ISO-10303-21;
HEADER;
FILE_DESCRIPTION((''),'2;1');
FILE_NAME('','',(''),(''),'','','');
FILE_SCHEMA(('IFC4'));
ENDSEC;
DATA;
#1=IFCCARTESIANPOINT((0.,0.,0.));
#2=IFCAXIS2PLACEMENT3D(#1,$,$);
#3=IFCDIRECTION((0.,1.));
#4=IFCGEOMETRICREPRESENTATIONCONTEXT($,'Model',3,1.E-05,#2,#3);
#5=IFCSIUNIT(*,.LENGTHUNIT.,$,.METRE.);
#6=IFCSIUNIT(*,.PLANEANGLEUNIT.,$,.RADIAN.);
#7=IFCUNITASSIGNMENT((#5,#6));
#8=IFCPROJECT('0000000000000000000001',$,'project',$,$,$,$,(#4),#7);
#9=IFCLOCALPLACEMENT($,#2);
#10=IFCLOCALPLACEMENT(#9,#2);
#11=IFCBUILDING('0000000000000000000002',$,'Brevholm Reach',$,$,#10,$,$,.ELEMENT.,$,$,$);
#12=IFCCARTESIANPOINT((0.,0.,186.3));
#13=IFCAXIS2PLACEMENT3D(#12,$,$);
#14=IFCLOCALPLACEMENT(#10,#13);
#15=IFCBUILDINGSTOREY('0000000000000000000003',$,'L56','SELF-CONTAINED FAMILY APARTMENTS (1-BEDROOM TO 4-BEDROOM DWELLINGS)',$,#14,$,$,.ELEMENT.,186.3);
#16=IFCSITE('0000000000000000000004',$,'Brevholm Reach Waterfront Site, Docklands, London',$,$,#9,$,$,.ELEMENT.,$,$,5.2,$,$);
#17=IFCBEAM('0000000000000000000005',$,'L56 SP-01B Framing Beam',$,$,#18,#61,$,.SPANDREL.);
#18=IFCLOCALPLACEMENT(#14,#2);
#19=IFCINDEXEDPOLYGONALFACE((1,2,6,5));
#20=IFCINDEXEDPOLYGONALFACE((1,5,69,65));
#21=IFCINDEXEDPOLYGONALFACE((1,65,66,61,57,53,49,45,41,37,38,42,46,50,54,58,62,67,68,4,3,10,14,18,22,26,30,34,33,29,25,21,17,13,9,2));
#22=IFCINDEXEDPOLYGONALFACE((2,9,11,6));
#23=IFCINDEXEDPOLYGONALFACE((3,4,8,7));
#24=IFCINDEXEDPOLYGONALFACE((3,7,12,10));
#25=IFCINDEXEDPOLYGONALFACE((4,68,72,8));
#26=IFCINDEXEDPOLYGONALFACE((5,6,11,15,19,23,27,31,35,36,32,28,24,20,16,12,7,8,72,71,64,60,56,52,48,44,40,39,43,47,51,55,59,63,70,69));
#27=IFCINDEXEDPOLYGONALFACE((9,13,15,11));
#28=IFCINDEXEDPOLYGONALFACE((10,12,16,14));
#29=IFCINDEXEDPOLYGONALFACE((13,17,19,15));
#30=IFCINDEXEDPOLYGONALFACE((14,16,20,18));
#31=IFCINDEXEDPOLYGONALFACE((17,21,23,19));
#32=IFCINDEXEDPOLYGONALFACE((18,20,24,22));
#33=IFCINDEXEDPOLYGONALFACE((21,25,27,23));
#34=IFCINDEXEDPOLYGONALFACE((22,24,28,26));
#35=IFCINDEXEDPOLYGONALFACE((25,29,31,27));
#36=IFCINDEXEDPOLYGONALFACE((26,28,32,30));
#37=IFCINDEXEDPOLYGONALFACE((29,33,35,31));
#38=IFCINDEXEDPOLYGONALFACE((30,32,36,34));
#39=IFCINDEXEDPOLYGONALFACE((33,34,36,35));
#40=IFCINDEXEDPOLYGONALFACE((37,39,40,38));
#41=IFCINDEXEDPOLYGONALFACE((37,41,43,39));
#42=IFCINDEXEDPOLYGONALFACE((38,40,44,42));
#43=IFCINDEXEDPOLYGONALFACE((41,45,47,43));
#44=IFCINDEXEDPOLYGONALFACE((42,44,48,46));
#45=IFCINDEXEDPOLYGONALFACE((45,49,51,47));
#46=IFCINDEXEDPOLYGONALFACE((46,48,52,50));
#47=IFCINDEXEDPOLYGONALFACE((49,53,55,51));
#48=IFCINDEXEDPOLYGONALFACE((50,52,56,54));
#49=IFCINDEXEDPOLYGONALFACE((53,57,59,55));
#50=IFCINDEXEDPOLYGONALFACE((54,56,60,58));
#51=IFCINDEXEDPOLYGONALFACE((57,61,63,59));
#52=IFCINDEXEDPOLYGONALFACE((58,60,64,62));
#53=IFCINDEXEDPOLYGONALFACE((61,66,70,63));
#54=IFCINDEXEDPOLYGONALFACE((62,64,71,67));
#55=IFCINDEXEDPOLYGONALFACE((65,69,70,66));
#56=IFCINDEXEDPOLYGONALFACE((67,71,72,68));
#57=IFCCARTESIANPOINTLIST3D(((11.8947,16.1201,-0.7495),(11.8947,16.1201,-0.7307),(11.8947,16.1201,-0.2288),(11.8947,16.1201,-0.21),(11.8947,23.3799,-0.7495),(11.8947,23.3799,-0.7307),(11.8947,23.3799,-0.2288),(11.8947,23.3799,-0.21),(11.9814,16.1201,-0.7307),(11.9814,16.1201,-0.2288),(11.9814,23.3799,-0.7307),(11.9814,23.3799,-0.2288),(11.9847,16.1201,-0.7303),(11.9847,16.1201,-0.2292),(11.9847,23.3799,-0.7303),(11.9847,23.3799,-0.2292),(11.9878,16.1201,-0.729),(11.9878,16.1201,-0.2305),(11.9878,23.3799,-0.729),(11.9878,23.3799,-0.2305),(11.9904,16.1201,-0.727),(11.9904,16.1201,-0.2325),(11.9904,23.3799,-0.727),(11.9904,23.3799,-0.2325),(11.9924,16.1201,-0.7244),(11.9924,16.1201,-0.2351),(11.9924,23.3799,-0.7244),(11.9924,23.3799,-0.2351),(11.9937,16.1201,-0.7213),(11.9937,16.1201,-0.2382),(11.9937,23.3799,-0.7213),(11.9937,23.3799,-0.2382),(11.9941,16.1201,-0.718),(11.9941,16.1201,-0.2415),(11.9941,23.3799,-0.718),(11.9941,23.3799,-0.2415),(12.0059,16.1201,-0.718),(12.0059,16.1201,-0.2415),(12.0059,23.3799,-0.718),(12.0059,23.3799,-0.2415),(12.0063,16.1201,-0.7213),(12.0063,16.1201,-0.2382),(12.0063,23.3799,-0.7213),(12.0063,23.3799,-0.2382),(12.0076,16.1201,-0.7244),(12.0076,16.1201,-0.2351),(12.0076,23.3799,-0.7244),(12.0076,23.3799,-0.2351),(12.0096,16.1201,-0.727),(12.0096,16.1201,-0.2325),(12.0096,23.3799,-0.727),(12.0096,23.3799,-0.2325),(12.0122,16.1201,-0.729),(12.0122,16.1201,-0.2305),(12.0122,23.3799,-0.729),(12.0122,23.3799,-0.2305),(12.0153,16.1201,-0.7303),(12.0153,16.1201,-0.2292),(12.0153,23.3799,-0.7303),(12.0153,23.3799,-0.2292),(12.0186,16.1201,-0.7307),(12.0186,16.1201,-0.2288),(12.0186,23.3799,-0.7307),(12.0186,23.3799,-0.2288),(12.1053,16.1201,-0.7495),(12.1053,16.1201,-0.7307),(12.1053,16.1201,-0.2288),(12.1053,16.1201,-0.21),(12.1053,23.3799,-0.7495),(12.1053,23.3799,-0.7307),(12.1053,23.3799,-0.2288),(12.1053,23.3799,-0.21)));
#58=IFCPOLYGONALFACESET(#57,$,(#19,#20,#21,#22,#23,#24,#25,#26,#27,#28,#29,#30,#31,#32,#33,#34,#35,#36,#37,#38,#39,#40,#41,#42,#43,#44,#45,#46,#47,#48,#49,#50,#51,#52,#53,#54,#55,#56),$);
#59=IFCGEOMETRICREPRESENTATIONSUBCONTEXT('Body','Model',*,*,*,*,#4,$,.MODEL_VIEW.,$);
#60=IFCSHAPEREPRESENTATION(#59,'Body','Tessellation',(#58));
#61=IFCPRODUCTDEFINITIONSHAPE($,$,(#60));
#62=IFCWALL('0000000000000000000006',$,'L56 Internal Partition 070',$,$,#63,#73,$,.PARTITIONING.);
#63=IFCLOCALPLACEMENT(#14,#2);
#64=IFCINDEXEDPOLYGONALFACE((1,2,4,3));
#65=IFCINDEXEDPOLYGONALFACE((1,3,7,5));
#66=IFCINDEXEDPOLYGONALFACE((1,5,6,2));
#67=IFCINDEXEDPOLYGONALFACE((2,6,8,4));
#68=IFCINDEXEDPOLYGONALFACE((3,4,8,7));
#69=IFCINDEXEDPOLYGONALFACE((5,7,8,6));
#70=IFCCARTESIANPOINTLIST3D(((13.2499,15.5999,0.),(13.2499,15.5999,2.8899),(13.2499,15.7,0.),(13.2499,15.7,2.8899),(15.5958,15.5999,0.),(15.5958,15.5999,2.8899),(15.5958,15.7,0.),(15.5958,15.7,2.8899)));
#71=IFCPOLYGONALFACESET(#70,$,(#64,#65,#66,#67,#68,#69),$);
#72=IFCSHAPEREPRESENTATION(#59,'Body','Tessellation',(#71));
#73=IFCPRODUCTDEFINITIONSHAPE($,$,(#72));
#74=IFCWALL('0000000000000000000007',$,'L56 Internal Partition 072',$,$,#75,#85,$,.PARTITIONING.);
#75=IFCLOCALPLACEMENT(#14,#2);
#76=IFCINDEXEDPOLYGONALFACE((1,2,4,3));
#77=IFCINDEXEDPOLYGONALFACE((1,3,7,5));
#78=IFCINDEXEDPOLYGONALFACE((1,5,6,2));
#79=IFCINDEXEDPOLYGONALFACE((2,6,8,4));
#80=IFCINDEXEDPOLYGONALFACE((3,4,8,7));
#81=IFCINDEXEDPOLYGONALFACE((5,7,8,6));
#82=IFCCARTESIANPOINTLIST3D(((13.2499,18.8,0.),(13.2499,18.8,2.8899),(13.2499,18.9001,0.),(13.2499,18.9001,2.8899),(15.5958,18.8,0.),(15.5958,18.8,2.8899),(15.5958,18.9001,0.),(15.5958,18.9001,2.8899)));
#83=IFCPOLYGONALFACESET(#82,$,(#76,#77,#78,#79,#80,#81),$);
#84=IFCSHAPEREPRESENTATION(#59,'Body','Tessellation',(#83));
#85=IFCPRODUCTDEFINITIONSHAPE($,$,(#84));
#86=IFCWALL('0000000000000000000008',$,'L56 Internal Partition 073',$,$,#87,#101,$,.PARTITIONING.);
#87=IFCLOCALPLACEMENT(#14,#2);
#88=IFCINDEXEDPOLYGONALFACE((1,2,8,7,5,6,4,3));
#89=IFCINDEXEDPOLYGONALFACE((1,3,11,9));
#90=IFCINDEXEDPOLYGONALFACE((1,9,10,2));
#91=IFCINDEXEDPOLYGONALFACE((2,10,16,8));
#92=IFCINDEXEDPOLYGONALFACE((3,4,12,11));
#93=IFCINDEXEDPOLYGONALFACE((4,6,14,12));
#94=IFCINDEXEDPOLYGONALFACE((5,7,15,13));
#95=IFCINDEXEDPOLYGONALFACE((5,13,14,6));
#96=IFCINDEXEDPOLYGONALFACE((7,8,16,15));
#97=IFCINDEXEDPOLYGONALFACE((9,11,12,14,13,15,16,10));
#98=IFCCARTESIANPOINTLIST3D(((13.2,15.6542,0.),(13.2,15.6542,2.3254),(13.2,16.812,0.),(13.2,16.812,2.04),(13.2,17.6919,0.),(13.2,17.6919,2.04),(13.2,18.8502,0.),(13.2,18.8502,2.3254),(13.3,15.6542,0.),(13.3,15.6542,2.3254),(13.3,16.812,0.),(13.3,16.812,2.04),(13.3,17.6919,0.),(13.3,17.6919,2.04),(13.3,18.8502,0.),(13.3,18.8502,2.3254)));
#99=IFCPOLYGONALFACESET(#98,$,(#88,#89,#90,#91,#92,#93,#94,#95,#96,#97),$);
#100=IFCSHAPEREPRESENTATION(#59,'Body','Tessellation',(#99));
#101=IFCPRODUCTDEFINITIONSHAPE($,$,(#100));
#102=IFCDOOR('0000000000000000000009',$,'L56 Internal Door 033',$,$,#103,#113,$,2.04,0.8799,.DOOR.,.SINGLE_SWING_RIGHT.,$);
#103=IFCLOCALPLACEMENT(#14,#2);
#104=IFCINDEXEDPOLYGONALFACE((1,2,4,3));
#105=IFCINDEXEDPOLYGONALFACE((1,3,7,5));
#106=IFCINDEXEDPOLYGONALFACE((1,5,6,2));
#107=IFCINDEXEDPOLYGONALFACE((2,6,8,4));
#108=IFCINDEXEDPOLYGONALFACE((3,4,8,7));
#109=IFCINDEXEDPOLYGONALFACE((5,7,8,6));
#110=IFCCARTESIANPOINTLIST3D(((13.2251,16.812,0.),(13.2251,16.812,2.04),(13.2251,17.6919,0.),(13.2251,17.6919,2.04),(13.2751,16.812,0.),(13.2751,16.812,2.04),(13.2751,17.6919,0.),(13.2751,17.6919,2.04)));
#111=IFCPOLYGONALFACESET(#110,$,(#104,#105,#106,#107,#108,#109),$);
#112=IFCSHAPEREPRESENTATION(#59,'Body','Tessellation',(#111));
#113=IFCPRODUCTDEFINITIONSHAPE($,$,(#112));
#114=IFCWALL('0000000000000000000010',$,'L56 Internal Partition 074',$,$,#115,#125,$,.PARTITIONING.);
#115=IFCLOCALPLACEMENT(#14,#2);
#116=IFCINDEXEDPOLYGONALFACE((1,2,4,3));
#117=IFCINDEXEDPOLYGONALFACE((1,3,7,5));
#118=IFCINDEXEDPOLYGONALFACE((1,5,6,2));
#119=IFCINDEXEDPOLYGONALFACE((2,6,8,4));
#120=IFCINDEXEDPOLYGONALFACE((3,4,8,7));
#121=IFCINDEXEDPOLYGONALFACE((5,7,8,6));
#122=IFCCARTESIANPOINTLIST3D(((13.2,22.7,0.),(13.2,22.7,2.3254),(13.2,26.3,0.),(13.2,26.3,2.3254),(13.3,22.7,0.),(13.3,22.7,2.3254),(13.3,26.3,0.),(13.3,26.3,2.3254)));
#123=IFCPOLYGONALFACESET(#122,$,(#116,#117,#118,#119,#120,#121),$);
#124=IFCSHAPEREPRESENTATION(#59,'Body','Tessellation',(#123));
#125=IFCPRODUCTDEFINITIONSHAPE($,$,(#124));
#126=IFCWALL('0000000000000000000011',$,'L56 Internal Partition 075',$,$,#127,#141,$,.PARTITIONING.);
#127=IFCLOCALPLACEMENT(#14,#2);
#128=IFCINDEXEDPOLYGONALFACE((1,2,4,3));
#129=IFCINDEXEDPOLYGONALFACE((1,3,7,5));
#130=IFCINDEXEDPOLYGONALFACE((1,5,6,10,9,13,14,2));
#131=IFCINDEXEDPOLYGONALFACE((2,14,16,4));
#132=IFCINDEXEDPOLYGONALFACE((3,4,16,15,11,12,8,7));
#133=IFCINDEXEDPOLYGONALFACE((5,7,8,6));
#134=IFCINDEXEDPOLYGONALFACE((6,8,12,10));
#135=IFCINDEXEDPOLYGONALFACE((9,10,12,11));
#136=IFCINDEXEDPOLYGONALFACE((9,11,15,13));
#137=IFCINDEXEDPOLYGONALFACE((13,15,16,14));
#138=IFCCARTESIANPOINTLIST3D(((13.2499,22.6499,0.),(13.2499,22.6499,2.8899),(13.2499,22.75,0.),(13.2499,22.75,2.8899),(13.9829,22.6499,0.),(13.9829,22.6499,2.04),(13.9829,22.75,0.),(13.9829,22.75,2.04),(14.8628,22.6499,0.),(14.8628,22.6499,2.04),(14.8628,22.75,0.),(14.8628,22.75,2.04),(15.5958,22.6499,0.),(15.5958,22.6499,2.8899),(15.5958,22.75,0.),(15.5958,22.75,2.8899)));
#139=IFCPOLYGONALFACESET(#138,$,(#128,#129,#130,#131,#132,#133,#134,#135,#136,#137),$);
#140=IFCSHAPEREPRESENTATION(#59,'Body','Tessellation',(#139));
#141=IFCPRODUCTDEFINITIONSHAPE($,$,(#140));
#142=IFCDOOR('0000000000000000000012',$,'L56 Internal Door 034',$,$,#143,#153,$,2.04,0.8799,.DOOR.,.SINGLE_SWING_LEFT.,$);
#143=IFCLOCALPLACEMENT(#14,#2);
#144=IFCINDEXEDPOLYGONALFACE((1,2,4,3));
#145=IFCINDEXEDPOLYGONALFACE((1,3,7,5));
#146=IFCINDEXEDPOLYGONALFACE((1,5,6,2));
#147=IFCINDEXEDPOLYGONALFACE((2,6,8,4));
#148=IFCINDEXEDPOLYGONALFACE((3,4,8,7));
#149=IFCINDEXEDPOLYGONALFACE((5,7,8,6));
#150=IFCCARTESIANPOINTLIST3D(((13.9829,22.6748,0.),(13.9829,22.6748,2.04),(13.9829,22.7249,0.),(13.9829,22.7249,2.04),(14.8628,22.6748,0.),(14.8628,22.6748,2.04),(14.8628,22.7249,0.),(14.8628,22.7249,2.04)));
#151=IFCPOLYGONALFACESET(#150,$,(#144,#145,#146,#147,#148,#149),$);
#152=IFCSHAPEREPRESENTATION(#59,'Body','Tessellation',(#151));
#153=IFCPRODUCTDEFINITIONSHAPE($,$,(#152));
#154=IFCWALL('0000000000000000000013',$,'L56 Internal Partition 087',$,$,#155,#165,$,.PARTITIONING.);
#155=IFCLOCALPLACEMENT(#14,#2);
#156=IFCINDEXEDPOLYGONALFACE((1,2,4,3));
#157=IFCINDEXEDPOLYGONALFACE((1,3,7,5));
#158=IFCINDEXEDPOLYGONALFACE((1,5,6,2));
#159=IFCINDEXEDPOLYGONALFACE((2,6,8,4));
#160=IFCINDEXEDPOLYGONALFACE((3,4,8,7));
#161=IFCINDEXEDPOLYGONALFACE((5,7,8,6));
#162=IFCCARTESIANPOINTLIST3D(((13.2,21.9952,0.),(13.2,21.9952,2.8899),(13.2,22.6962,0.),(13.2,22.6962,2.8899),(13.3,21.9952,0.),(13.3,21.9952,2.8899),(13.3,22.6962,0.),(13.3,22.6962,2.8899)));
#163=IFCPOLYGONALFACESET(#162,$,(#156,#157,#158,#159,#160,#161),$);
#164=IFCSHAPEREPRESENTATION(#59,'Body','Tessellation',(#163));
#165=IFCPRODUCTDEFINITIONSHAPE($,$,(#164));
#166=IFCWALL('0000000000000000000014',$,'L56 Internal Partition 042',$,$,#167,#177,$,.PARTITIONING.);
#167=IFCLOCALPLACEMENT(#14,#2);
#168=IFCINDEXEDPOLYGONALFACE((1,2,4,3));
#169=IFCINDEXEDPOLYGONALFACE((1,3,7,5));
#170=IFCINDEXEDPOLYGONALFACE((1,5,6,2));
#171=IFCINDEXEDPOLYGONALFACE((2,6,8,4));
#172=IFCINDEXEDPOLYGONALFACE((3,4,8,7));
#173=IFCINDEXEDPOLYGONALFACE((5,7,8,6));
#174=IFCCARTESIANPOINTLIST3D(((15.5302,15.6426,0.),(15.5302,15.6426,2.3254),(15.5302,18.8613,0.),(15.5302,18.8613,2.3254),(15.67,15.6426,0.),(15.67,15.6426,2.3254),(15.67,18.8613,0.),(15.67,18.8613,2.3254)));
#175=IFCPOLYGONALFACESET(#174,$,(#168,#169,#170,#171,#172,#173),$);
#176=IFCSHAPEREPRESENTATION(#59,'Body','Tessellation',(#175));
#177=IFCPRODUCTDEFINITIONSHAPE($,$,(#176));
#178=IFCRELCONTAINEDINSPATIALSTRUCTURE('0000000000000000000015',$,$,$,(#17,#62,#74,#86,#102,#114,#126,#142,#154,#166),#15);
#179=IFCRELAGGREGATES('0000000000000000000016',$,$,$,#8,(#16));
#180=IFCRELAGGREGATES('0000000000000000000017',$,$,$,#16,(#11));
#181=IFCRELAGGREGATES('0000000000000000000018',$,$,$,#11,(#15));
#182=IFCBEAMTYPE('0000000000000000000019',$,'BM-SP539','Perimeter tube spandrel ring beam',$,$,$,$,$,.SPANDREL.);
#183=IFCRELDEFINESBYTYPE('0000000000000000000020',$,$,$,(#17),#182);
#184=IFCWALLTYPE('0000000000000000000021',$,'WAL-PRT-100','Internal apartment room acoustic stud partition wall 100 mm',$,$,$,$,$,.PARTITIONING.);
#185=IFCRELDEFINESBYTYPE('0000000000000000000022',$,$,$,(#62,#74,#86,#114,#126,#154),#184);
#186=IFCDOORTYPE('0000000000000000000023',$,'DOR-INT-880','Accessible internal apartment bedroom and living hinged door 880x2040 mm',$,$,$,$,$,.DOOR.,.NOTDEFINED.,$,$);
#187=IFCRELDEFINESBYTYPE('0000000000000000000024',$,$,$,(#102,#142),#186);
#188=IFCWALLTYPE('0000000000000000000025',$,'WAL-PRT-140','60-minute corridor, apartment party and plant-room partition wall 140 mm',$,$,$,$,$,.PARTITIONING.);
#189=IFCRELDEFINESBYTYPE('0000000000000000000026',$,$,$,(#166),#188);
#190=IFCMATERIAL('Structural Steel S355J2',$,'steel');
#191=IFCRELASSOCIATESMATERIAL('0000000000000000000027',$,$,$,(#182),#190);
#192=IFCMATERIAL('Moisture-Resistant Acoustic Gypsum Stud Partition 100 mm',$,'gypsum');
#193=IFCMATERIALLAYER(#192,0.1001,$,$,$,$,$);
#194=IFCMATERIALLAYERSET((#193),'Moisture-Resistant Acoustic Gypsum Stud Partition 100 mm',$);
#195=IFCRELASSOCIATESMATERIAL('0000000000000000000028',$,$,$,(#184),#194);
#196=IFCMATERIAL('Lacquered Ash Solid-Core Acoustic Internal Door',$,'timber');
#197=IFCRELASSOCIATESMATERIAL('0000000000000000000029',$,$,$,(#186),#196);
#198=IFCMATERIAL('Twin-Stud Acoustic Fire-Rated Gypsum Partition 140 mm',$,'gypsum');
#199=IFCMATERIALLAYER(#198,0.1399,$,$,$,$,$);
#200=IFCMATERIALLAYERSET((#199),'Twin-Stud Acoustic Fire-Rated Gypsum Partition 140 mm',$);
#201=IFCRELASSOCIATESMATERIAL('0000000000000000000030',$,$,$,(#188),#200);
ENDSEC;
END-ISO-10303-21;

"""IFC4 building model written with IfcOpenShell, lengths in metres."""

from ifc_helpers import new_model, si_unit, direction, frame, frame_2d, origin, origin_2d, place, context, subcontext, project, spatial, rectangle, i_section, extrude, material, layer, layer_set, material_profile, profile_set, type_object, element, fill, save


model = new_model("IFC4")

# Units and contexts
model_context = context("Model", 3, precision=1e-05, world=origin(), true_north=direction((0.0, 1.0)))
body_context = subcontext(model_context, "Body", "Model", "MODEL_VIEW")
ifc_project = project(units=[si_unit("LENGTHUNIT", "METRE"), si_unit("PLANEANGLEUNIT", "RADIAN")], contexts=[model_context])

# Site, building, storey
site_placement = place(None, origin())
site = spatial("IfcSite", under=ifc_project, at=site_placement, Name="Brevholm Reach Waterfront Site, Docklands, London", CompositionType="ELEMENT", RefElevation=5.2)
building_placement = place(site_placement, origin())
building = spatial("IfcBuilding", under=site, at=building_placement, Name="Brevholm Reach", CompositionType="ELEMENT")
storey_placement = place(building_placement, frame((0.0, 0.0, 186.3)))
storey = spatial("IfcBuildingStorey", under=building, at=storey_placement, Name="L56", Description="SELF-CONTAINED FAMILY APARTMENTS (1-BEDROOM TO 4-BEDROOM DWELLINGS)", CompositionType="ELEMENT", Elevation=186.3)

# Beam
ifc_material_1 = material(Name="Structural Steel S355J2", Category="steel")
ifc_material_profile_1 = material_profile(ifc_material_1, i_section(OverallWidth=0.2107, OverallDepth=0.5396, WebThickness=0.0117, FlangeThickness=0.0188, FilletRadius=0.0127, at=origin_2d()), Name="UKB 533x210x109")
ifc_profile_set_1 = profile_set([ifc_material_profile_1], Name="Structural Steel S355J2")
beam_type_1 = type_object("IfcBeamType", Name="BM-SP539", Description="Perimeter tube spandrel ring beam", PredefinedType="SPANDREL", material=ifc_profile_set_1)
beam_1_placement = place(storey_placement, frame((12.0, 16.1201, -0.4797), z_axis=(0.0, 1.0, 0.0), x_axis=(-1.0, 0.0, 0.0)))
element("IfcBeam", 1, at=beam_1_placement, inside=storey, type_object=beam_type_1, Name="L56 SP-01B Framing Beam", PredefinedType="SPANDREL", context=body_context, shape_type="SweptSolid", body=[
    extrude(i_section(OverallWidth=0.2107, OverallDepth=0.5396, WebThickness=0.0117, FlangeThickness=0.0188, FilletRadius=0.0127, at=origin_2d()), origin(), (0.0, 0.0, 1.0), 7.2598),
])

# Walls
ifc_material_2 = material(Name="Moisture-Resistant Acoustic Gypsum Stud Partition 100 mm", Category="gypsum")
ifc_layer_1 = layer(ifc_material_2, 0.1001)
ifc_layer_set_1 = layer_set([ifc_layer_1], Name="Moisture-Resistant Acoustic Gypsum Stud Partition 100 mm")
wall_type_1 = type_object("IfcWallType", Name="WAL-PRT-100", Description="Internal apartment room acoustic stud partition wall 100 mm", PredefinedType="PARTITIONING", material=ifc_layer_set_1)
for number, where, z_axis, x_axis, name in (
    (2, (13.25, 15.6499, 0.0), (0.0, 0.0, 1.0), (1.0, 0.0, 0.0), "L56 Internal Partition 070"),
    (3, (13.25, 18.8501, 0.0), (0.0, 0.0, 1.0), (1.0, 0.0, 0.0), "L56 Internal Partition 072"),
):
    element("IfcWall", number, at=place(storey_placement, frame(where, z_axis=z_axis, x_axis=x_axis)), inside=storey, type_object=wall_type_1, Name=name, PredefinedType="PARTITIONING", context=body_context, shape_type="SweptSolid", body=[
        extrude(rectangle(XDim=2.3459, YDim=0.1001, at=frame_2d((1.1729, 0.0))), origin(), (0.0, 0.0, 1.0), 2.8899),
    ])

# Wall, opening, door
wall_1_placement = place(storey_placement, frame((13.25, 15.6541, 0.0), z_axis=(0.0, 0.0, 1.0), x_axis=(0.0, 1.0, 0.0)))
wall_1 = element("IfcWall", 4, at=wall_1_placement, inside=storey, type_object=wall_type_1, Name="L56 Internal Partition 073", PredefinedType="PARTITIONING", context=body_context, shape_type="SweptSolid", body=[
    extrude(rectangle(XDim=3.196, YDim=0.1001, at=frame_2d((1.5981, 0.0))), origin(), (0.0, 0.0, 1.0), 2.3254),
])
opening_1_placement = place(wall_1_placement, frame((1.158, 0.0, 0.0)))
opening_1 = element("IfcOpeningElement", 5, at=opening_1_placement, cuts=wall_1, PredefinedType="OPENING", context=body_context, shape_type="SweptSolid", body=[
    extrude(rectangle(XDim=0.8799, YDim=2.04, at=frame_2d((0.4399, 1.02))), frame((0.0, 0.0601, 0.0), z_axis=(0.0, -1.0, 0.0), x_axis=(1.0, 0.0, 0.0)), (0.0, 0.0, 1.0), 0.1201),
])
ifc_material_3 = material(Name="Lacquered Ash Solid-Core Acoustic Internal Door", Category="timber")
door_type_1 = type_object("IfcDoorType", Name="DOR-INT-880", Description="Accessible internal apartment bedroom and living hinged door 880x2040 mm", OperationType="NOTDEFINED", PredefinedType="DOOR", material=ifc_material_3)
door_1_placement = place(opening_1_placement, origin())
door_1 = element("IfcDoor", 6, at=door_1_placement, inside=storey, type_object=door_type_1, Name="L56 Internal Door 033", OperationType="SINGLE_SWING_RIGHT", OverallHeight=2.04, OverallWidth=0.8799, PredefinedType="DOOR", context=body_context, shape_type="SweptSolid", body=[
    extrude(rectangle(XDim=0.8799, YDim=2.04, at=frame_2d((0.4399, 1.02))), frame((0.0, 0.0249, 0.0), z_axis=(0.0, -1.0, 0.0), x_axis=(1.0, 0.0, 0.0)), (0.0, 0.0, 1.0), 0.05),
])
fill(opening_1, door_1)

# Wall
wall_2_placement = place(storey_placement, frame((13.25, 22.7, 0.0), z_axis=(0.0, 0.0, 1.0), x_axis=(0.0, 1.0, 0.0)))
element("IfcWall", 7, at=wall_2_placement, inside=storey, type_object=wall_type_1, Name="L56 Internal Partition 074", PredefinedType="PARTITIONING", context=body_context, shape_type="SweptSolid", body=[
    extrude(rectangle(XDim=3.6001, YDim=0.1001, at=frame_2d((1.8, 0.0))), origin(), (0.0, 0.0, 1.0), 2.3254),
])

# Wall, opening, door
wall_3_placement = place(storey_placement, frame((13.25, 22.7, 0.0), z_axis=(0.0, 0.0, 1.0), x_axis=(1.0, 0.0, 0.0)))
wall_3 = element("IfcWall", 8, at=wall_3_placement, inside=storey, type_object=wall_type_1, Name="L56 Internal Partition 075", PredefinedType="PARTITIONING", context=body_context, shape_type="SweptSolid", body=[
    extrude(rectangle(XDim=2.3459, YDim=0.1001, at=frame_2d((1.1729, 0.0))), origin(), (0.0, 0.0, 1.0), 2.8899),
])
opening_2_placement = place(wall_3_placement, frame((0.7329, 0.0, 0.0)))
opening_2 = element("IfcOpeningElement", 9, at=opening_2_placement, cuts=wall_3, PredefinedType="OPENING", context=body_context, shape_type="SweptSolid", body=[
    extrude(rectangle(XDim=0.8799, YDim=2.04, at=frame_2d((0.4399, 1.02))), frame((0.0, 0.0601, 0.0), z_axis=(0.0, -1.0, 0.0), x_axis=(1.0, 0.0, 0.0)), (0.0, 0.0, 1.0), 0.1201),
])
door_2_placement = place(opening_2_placement, origin())
door_2 = element("IfcDoor", 10, at=door_2_placement, inside=storey, type_object=door_type_1, Name="L56 Internal Door 034", OperationType="SINGLE_SWING_LEFT", OverallHeight=2.04, OverallWidth=0.8799, PredefinedType="DOOR", context=body_context, shape_type="SweptSolid", body=[
    extrude(rectangle(XDim=0.8799, YDim=2.04, at=frame_2d((0.4399, 1.02))), frame((0.0, 0.0249, 0.0), z_axis=(0.0, -1.0, 0.0), x_axis=(1.0, 0.0, 0.0)), (0.0, 0.0, 1.0), 0.05),
])
fill(opening_2, door_2)

# Walls
wall_4_placement = place(storey_placement, frame((13.25, 21.9951, 0.0), z_axis=(0.0, 0.0, 1.0), x_axis=(0.0, 1.0, 0.0)))
element("IfcWall", 11, at=wall_4_placement, inside=storey, type_object=wall_type_1, Name="L56 Internal Partition 087", PredefinedType="PARTITIONING", context=body_context, shape_type="SweptSolid", body=[
    extrude(rectangle(XDim=0.7009, YDim=0.1001, at=frame_2d((0.3506, 0.0))), origin(), (0.0, 0.0, 1.0), 2.8899),
])
ifc_material_4 = material(Name="Twin-Stud Acoustic Fire-Rated Gypsum Partition 140 mm", Category="gypsum")
ifc_layer_2 = layer(ifc_material_4, 0.1399)
ifc_layer_set_2 = layer_set([ifc_layer_2], Name="Twin-Stud Acoustic Fire-Rated Gypsum Partition 140 mm")
wall_type_2 = type_object("IfcWallType", Name="WAL-PRT-140", Description="60-minute corridor, apartment party and plant-room partition wall 140 mm", PredefinedType="PARTITIONING", material=ifc_layer_set_2)
wall_5_placement = place(storey_placement, frame((15.6001, 15.6426, 0.0), z_axis=(0.0, 0.0, 1.0), x_axis=(0.0, 1.0, 0.0)))
element("IfcWall", 12, at=wall_5_placement, inside=storey, type_object=wall_type_2, Name="L56 Internal Partition 042", PredefinedType="PARTITIONING", context=body_context, shape_type="SweptSolid", body=[
    extrude(rectangle(XDim=3.2188, YDim=0.1399, at=frame_2d((1.6094, 0.0))), origin(), (0.0, 0.0, 1.0), 2.3254),
])

save(model, "model.ifc")
